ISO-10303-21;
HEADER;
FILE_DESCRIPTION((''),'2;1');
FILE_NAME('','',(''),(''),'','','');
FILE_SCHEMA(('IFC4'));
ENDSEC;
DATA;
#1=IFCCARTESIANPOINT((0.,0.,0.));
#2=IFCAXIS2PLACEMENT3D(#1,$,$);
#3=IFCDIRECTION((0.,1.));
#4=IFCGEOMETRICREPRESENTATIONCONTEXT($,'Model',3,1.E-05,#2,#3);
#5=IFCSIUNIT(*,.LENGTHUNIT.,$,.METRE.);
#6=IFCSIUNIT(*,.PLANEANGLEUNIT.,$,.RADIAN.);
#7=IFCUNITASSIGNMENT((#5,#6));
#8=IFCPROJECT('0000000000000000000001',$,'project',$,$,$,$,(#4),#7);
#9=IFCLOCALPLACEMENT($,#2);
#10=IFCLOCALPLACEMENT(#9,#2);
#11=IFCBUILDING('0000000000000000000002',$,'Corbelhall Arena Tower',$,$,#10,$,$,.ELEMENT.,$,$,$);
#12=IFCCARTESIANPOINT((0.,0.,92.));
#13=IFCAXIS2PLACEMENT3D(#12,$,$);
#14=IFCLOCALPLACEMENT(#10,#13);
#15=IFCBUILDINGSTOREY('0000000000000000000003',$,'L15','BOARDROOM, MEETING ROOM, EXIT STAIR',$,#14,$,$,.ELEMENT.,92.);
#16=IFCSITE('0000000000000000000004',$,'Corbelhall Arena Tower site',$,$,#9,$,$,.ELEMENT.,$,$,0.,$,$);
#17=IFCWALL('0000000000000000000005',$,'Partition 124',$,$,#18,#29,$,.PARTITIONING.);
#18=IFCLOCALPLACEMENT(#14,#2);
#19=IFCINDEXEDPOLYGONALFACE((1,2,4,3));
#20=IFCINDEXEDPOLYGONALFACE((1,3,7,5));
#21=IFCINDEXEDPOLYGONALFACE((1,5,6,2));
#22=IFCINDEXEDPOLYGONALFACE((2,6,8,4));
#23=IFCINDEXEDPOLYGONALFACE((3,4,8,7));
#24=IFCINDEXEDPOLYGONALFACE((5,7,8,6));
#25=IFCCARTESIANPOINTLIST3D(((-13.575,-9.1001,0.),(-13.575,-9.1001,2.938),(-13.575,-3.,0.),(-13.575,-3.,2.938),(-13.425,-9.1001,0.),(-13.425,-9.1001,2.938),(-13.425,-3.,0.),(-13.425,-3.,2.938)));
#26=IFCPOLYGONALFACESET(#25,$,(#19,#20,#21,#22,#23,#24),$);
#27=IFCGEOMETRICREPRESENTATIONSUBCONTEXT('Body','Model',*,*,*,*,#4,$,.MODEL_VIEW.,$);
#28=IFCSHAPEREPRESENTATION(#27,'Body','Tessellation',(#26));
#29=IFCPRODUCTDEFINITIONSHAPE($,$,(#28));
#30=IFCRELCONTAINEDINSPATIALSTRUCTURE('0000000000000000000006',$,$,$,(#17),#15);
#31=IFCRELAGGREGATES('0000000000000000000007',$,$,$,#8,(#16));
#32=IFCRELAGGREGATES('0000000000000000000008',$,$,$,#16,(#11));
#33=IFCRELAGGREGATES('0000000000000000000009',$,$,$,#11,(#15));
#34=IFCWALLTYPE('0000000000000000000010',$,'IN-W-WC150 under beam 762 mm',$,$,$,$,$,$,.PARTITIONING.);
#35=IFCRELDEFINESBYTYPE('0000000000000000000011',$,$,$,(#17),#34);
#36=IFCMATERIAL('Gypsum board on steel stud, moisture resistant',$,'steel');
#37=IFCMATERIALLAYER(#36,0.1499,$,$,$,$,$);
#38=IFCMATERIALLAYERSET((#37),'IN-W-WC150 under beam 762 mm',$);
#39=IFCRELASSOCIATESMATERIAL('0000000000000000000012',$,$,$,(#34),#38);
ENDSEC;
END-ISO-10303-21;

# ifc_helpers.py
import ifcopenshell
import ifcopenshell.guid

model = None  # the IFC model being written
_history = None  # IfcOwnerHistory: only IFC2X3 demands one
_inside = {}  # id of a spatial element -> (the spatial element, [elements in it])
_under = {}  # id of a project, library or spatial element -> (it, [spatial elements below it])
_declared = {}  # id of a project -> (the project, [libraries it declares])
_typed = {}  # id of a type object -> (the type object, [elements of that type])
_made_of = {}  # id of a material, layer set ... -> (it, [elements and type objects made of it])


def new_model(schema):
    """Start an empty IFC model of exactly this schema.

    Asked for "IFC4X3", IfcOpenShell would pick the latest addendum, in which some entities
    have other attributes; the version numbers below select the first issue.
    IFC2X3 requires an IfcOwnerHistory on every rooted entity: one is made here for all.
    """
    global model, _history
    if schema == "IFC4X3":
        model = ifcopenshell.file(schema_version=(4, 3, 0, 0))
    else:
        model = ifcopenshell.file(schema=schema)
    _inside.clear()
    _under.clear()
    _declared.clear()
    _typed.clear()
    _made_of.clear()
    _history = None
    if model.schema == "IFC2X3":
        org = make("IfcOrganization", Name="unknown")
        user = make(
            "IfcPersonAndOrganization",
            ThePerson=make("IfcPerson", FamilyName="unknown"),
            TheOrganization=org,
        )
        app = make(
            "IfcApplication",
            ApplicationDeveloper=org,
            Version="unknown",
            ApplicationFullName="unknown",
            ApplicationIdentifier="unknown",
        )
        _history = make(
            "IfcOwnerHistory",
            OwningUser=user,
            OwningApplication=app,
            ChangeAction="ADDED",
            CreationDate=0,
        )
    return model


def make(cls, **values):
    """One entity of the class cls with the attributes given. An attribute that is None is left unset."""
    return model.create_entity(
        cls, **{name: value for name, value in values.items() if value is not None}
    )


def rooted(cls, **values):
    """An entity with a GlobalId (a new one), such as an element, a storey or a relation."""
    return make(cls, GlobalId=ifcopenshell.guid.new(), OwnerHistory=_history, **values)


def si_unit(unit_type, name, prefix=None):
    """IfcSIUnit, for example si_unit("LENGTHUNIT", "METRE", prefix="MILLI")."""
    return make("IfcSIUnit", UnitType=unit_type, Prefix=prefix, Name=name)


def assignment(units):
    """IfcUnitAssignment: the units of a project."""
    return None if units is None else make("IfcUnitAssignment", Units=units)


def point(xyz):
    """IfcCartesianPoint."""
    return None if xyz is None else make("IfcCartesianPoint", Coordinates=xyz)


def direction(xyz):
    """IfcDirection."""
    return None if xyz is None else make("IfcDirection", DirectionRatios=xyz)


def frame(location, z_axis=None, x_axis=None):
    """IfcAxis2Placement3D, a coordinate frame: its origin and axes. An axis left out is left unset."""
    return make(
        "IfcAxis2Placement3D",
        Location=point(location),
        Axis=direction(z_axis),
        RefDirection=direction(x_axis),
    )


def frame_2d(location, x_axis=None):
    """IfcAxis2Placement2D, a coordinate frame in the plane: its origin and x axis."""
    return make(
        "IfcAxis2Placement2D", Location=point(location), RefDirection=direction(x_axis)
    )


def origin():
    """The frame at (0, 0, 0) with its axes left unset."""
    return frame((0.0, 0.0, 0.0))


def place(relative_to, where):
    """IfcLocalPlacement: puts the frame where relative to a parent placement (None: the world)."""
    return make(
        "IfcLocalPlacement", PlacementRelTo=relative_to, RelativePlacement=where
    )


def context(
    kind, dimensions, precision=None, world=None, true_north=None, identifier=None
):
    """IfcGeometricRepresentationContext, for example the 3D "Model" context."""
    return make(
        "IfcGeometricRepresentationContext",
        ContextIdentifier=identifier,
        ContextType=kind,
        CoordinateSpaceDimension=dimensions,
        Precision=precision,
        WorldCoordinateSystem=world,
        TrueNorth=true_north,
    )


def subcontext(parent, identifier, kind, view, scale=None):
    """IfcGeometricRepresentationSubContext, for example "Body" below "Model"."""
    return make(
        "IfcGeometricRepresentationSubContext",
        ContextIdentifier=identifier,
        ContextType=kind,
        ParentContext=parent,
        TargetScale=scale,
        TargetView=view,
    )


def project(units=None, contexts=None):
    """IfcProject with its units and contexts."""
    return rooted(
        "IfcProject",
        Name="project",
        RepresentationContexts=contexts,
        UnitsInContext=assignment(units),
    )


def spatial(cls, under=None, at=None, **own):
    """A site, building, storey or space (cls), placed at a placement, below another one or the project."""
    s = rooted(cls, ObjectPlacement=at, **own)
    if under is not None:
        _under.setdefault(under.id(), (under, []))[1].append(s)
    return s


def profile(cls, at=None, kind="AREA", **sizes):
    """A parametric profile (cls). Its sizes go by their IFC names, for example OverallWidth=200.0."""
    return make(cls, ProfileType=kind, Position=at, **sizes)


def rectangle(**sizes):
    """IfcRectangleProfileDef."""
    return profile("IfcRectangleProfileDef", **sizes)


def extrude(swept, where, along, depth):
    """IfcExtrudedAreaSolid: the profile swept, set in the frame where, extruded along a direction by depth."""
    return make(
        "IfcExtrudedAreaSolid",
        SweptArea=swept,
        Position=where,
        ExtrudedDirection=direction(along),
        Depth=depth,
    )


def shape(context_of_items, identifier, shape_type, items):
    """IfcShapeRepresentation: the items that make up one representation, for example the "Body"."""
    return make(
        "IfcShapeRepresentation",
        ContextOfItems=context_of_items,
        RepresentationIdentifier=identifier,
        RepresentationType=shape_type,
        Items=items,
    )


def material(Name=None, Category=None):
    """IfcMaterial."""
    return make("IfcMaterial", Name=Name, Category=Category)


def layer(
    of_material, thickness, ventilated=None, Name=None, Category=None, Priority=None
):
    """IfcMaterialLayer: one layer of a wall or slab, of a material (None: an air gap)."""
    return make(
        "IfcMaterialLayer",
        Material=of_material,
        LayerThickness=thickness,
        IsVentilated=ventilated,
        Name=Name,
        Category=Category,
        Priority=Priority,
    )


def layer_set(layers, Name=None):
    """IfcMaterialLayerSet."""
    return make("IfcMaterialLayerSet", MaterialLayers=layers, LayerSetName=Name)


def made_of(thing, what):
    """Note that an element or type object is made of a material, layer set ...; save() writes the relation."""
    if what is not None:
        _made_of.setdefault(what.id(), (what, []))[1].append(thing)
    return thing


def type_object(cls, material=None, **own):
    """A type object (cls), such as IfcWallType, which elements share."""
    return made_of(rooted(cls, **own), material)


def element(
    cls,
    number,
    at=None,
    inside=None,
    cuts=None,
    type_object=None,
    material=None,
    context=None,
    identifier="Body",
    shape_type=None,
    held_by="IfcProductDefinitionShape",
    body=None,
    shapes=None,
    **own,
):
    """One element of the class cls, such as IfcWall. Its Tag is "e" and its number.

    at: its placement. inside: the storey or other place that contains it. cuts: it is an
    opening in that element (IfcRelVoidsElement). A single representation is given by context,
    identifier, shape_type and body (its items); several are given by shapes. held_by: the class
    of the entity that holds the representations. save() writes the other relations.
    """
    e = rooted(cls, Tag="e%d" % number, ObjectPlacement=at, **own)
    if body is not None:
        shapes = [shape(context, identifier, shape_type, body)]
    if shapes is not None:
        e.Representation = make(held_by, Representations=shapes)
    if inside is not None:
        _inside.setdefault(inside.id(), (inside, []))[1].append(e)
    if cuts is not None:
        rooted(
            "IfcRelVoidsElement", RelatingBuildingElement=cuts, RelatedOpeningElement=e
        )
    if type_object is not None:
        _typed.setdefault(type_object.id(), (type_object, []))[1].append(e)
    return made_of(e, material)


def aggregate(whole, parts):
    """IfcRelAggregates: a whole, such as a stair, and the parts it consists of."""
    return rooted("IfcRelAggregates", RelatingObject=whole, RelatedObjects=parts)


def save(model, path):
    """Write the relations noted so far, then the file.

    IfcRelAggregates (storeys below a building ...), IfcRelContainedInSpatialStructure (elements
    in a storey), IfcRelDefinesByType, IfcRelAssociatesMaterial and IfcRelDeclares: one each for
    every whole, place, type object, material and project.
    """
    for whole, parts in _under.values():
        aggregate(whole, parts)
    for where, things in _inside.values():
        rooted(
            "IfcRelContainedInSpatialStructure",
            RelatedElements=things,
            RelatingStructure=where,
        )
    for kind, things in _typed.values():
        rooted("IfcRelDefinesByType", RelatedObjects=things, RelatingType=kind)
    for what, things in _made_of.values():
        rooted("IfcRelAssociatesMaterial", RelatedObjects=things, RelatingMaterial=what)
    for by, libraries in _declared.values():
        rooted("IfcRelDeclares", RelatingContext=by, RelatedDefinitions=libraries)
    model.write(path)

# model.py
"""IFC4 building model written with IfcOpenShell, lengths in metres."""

from ifc_helpers import new_model, si_unit, direction, frame, frame_2d, origin, place, context, subcontext, project, spatial, rectangle, extrude, material, layer, layer_set, type_object, element, save


model = new_model("IFC4")

# Units and contexts
model_context = context("Model", 3, precision=1e-05, world=origin(), true_north=direction((0.0, 1.0)))
body_context = subcontext(model_context, "Body", "Model", "MODEL_VIEW")
ifc_project = project(units=[si_unit("LENGTHUNIT", "METRE"), si_unit("PLANEANGLEUNIT", "RADIAN")], contexts=[model_context])

# Site, building, storey
site_placement = place(None, origin())
site = spatial("IfcSite", under=ifc_project, at=site_placement, Name="Corbelhall Arena Tower site", CompositionType="ELEMENT", RefElevation=0.0)
building_placement = place(site_placement, origin())
building = spatial("IfcBuilding", under=site, at=building_placement, Name="Corbelhall Arena Tower", CompositionType="ELEMENT")
storey_placement = place(building_placement, frame((0.0, 0.0, 92.0)))
storey = spatial("IfcBuildingStorey", under=building, at=storey_placement, Name="L15", Description="BOARDROOM, MEETING ROOM, EXIT STAIR", CompositionType="ELEMENT", Elevation=92.0)

# Wall
ifc_material_1 = material(Name="Gypsum board on steel stud, moisture resistant", Category="steel")
ifc_layer_1 = layer(ifc_material_1, 0.1499)
ifc_layer_set_1 = layer_set([ifc_layer_1], Name="IN-W-WC150 under beam 762 mm")
wall_type_1 = type_object("IfcWallType", Name="IN-W-WC150 under beam 762 mm", PredefinedType="PARTITIONING", material=ifc_layer_set_1)
wall_1_placement = place(storey_placement, frame((-13.5, -9.1001, 0.0), z_axis=(0.0, 0.0, 1.0), x_axis=(0.0, 1.0, 0.0)))
element("IfcWall", 1, at=wall_1_placement, inside=storey, type_object=wall_type_1, Name="Partition 124", PredefinedType="PARTITIONING", context=body_context, shape_type="SweptSolid", body=[
    extrude(rectangle(XDim=6.1001, YDim=0.1499, at=frame_2d((3.05, 0.0))), origin(), (0.0, 0.0, 1.0), 2.938),
])

save(model, "model.ifc")
